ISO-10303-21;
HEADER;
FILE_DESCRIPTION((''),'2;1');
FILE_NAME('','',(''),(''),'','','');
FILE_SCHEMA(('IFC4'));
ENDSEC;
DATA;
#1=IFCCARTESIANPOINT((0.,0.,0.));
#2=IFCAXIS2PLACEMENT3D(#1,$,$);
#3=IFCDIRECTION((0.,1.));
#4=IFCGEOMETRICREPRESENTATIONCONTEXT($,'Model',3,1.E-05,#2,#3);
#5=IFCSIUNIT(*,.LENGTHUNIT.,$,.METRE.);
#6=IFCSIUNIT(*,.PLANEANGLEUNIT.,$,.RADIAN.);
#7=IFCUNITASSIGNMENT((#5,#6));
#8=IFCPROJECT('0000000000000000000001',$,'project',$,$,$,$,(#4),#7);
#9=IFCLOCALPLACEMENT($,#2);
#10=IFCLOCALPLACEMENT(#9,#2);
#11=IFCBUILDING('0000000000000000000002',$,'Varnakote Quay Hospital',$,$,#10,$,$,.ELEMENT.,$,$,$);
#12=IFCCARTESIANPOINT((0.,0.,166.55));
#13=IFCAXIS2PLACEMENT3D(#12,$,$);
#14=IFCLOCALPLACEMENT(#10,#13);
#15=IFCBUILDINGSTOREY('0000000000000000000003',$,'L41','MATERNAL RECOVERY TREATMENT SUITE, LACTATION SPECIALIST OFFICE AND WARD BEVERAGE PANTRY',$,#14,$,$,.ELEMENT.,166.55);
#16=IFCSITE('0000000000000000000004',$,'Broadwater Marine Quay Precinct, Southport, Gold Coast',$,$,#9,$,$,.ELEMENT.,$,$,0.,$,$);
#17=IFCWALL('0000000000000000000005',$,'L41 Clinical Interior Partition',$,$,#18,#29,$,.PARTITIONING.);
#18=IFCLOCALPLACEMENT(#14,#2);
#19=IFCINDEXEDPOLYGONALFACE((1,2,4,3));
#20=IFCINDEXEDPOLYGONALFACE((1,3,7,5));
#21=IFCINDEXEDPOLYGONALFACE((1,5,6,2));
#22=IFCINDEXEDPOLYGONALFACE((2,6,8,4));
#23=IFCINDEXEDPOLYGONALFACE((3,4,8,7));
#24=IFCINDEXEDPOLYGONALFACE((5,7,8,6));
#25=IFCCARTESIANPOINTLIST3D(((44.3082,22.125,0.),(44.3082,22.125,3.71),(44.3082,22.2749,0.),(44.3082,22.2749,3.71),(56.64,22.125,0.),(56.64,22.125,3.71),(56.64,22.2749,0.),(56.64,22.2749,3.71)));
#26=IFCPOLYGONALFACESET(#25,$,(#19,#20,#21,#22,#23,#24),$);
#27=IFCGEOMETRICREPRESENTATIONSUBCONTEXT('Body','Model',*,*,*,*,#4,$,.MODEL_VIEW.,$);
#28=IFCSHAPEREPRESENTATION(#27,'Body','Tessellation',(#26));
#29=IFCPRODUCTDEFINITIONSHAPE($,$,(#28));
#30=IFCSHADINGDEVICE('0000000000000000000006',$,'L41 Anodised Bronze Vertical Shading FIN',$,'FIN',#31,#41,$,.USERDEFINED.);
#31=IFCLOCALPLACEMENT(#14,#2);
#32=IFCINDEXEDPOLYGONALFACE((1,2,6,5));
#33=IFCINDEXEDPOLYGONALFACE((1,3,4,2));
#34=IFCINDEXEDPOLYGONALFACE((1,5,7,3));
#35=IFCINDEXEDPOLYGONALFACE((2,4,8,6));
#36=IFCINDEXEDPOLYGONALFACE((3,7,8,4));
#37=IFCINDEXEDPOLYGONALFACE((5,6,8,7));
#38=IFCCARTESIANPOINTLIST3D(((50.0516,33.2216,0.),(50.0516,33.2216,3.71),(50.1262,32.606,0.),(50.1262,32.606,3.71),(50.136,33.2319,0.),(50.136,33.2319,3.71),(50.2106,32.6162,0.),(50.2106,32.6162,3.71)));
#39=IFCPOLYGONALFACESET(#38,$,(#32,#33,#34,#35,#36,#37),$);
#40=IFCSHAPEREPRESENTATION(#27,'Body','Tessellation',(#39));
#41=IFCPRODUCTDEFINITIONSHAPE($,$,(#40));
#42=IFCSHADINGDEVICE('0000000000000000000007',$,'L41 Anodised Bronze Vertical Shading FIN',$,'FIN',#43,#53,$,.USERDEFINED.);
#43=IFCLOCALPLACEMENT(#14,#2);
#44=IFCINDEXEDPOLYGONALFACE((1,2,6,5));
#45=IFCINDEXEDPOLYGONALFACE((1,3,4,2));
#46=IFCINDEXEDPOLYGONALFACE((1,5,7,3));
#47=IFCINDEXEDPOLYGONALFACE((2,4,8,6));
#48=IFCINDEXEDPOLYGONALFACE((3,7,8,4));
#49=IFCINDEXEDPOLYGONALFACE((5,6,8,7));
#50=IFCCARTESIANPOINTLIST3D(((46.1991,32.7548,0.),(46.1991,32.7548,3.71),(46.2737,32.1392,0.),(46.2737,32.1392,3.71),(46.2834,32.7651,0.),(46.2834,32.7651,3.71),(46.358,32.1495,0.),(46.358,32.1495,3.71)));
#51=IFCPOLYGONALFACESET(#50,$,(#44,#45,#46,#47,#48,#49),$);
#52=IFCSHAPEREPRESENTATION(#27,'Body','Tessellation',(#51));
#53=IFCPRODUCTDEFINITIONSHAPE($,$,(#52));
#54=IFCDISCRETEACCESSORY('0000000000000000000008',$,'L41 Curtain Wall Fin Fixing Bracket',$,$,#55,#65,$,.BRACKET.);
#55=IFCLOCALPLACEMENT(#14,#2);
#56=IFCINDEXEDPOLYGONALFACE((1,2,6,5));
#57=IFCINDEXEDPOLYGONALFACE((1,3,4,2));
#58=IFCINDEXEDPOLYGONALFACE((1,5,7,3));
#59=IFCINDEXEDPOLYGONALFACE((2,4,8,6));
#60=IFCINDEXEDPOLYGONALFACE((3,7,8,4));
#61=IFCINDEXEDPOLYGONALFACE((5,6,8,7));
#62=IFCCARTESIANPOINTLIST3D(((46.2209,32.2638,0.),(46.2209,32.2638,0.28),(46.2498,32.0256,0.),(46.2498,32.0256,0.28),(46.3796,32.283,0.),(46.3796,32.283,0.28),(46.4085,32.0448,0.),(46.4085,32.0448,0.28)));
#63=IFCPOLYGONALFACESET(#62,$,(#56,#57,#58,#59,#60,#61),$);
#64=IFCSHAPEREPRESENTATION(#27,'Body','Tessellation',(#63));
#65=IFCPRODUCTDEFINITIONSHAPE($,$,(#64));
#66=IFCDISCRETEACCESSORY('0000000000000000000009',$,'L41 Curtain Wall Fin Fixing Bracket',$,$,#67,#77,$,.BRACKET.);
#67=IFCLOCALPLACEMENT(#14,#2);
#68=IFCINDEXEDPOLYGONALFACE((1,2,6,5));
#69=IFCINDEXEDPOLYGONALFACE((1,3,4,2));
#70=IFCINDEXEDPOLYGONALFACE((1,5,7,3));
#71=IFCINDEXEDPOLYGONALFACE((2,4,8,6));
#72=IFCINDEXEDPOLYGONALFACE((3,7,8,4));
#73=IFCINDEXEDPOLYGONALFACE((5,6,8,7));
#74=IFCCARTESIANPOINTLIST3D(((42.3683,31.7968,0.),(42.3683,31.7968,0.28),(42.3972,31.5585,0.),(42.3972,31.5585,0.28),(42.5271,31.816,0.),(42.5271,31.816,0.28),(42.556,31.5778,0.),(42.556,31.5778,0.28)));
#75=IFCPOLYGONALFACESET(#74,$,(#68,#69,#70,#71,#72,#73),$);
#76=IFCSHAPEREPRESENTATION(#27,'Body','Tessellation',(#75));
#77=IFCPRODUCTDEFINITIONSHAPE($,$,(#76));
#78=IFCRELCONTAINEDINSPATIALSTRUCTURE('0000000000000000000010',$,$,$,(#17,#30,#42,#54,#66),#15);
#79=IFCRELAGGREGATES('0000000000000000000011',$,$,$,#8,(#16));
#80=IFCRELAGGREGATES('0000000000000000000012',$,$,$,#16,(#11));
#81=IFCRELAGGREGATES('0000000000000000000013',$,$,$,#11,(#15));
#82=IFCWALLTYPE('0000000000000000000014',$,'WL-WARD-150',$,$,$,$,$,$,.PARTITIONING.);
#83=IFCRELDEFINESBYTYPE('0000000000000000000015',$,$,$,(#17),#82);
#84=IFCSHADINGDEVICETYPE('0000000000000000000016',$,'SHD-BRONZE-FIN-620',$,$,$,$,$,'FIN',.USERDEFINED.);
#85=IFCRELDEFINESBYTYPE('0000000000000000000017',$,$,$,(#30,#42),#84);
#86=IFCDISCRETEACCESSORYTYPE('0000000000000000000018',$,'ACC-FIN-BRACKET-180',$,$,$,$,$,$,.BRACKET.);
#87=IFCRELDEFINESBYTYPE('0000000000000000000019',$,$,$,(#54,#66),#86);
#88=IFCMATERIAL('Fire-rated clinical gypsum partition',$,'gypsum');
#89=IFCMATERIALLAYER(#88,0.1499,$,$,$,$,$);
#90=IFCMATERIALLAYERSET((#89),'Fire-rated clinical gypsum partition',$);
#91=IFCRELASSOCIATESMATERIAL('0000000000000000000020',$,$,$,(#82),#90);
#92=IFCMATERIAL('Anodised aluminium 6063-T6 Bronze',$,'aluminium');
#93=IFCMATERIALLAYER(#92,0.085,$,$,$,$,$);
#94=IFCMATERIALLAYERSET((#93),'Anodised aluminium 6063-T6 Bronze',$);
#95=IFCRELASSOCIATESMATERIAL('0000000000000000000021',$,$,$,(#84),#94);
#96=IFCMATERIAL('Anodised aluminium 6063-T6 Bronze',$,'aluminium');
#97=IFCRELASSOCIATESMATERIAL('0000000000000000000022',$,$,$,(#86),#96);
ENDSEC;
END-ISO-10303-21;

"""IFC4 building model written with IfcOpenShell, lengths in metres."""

from ifc_helpers import new_model, si_unit, direction, frame, frame_2d, origin, origin_2d, place, context, subcontext, project, spatial, rectangle, extrude, material, layer, layer_set, type_object, element, save


model = new_model("IFC4")

# Units and contexts
model_context = context("Model", 3, precision=1e-05, world=origin(), true_north=direction((0.0, 1.0)))
body_context = subcontext(model_context, "Body", "Model", "MODEL_VIEW")
ifc_project = project(units=[si_unit("LENGTHUNIT", "METRE"), si_unit("PLANEANGLEUNIT", "RADIAN")], contexts=[model_context])

# Site, building, storey
site_placement = place(None, origin())
site = spatial("IfcSite", under=ifc_project, at=site_placement, Name="Broadwater Marine Quay Precinct, Southport, Gold Coast", CompositionType="ELEMENT", RefElevation=0.0)
building_placement = place(site_placement, origin())
building = spatial("IfcBuilding", under=site, at=building_placement, Name="Varnakote Quay Hospital", CompositionType="ELEMENT")
storey_placement = place(building_placement, frame((0.0, 0.0, 166.55)))
storey = spatial("IfcBuildingStorey", under=building, at=storey_placement, Name="L41", Description="MATERNAL RECOVERY TREATMENT SUITE, LACTATION SPECIALIST OFFICE AND WARD BEVERAGE PANTRY", CompositionType="ELEMENT", Elevation=166.55)

# Wall
ifc_material_1 = material(Name="Fire-rated clinical gypsum partition", Category="gypsum")
ifc_layer_1 = layer(ifc_material_1, 0.1499)
ifc_layer_set_1 = layer_set([ifc_layer_1], Name="Fire-rated clinical gypsum partition")
wall_type = type_object("IfcWallType", Name="WL-WARD-150", PredefinedType="PARTITIONING", material=ifc_layer_set_1)
wall_placement = place(storey_placement, frame((44.3081, 22.2, 0.0), z_axis=(0.0, 0.0, 1.0), x_axis=(1.0, 0.0, 0.0)))
element("IfcWall", 1, at=wall_placement, inside=storey, type_object=wall_type, Name="L41 Clinical Interior Partition", PredefinedType="PARTITIONING", context=body_context, shape_type="SweptSolid", body=[
    extrude(rectangle(XDim=12.3318, YDim=0.1499, at=frame_2d((6.166, 0.0))), origin(), (0.0, 0.0, 1.0), 3.71),
])

# Shading devices
ifc_material_2 = material(Name="Anodised aluminium 6063-T6 Bronze", Category="aluminium")
ifc_layer_2 = layer(ifc_material_2, 0.085)
ifc_layer_set_2 = layer_set([ifc_layer_2], Name="Anodised aluminium 6063-T6 Bronze")
shading_device_type = type_object("IfcShadingDeviceType", Name="SHD-BRONZE-FIN-620", ElementType="FIN", PredefinedType="USERDEFINED", material=ifc_layer_set_2)
for number, where, z_axis, x_axis, name in (
    (2, (50.1311, 32.9189, 0.0), (0.0, 0.0, 1.0), (0.12031, -0.992736, 0.0), "L41 Anodised Bronze Vertical Shading FIN"),
    (3, (46.2786, 32.4521, 0.0), (0.0, 0.0, 1.0), (0.12031, -0.992736, 0.0), "L41 Anodised Bronze Vertical Shading FIN"),
):
    element("IfcShadingDevice", number, at=place(storey_placement, frame(where, z_axis=z_axis, x_axis=x_axis)), inside=storey, type_object=shading_device_type, Name=name, ObjectType="FIN", PredefinedType="USERDEFINED", context=body_context, shape_type="SweptSolid", body=[
        extrude(rectangle(XDim=0.6201, YDim=0.085, at=origin_2d()), origin(), (0.0, 0.0, 1.0), 3.71),
    ])

# Discrete accessories
ifc_material_3 = material(Name="Anodised aluminium 6063-T6 Bronze", Category="aluminium")
discrete_accessory_type = type_object("IfcDiscreteAccessoryType", Name="ACC-FIN-BRACKET-180", PredefinedType="BRACKET", material=ifc_material_3)
for number, where, z_axis, x_axis, name in (
    (4, (46.3147, 32.1543, 0.0), (0.0, 0.0, 1.0), (-0.992736, -0.12031, 0.0), "L41 Curtain Wall Fin Fixing Bracket"),
    (5, (42.4622, 31.6873, 0.0), (0.0, 0.0, 1.0), (-0.992736, -0.12031, 0.0), "L41 Curtain Wall Fin Fixing Bracket"),
):
    element("IfcDiscreteAccessory", number, at=place(storey_placement, frame(where, z_axis=z_axis, x_axis=x_axis)), inside=storey, type_object=discrete_accessory_type, Name=name, PredefinedType="BRACKET", context=body_context, shape_type="SweptSolid", body=[
        extrude(rectangle(XDim=0.1599, YDim=0.24, at=origin_2d()), origin(), (0.0, 0.0, 1.0), 0.28),
    ])

save(model, "model.ifc")
